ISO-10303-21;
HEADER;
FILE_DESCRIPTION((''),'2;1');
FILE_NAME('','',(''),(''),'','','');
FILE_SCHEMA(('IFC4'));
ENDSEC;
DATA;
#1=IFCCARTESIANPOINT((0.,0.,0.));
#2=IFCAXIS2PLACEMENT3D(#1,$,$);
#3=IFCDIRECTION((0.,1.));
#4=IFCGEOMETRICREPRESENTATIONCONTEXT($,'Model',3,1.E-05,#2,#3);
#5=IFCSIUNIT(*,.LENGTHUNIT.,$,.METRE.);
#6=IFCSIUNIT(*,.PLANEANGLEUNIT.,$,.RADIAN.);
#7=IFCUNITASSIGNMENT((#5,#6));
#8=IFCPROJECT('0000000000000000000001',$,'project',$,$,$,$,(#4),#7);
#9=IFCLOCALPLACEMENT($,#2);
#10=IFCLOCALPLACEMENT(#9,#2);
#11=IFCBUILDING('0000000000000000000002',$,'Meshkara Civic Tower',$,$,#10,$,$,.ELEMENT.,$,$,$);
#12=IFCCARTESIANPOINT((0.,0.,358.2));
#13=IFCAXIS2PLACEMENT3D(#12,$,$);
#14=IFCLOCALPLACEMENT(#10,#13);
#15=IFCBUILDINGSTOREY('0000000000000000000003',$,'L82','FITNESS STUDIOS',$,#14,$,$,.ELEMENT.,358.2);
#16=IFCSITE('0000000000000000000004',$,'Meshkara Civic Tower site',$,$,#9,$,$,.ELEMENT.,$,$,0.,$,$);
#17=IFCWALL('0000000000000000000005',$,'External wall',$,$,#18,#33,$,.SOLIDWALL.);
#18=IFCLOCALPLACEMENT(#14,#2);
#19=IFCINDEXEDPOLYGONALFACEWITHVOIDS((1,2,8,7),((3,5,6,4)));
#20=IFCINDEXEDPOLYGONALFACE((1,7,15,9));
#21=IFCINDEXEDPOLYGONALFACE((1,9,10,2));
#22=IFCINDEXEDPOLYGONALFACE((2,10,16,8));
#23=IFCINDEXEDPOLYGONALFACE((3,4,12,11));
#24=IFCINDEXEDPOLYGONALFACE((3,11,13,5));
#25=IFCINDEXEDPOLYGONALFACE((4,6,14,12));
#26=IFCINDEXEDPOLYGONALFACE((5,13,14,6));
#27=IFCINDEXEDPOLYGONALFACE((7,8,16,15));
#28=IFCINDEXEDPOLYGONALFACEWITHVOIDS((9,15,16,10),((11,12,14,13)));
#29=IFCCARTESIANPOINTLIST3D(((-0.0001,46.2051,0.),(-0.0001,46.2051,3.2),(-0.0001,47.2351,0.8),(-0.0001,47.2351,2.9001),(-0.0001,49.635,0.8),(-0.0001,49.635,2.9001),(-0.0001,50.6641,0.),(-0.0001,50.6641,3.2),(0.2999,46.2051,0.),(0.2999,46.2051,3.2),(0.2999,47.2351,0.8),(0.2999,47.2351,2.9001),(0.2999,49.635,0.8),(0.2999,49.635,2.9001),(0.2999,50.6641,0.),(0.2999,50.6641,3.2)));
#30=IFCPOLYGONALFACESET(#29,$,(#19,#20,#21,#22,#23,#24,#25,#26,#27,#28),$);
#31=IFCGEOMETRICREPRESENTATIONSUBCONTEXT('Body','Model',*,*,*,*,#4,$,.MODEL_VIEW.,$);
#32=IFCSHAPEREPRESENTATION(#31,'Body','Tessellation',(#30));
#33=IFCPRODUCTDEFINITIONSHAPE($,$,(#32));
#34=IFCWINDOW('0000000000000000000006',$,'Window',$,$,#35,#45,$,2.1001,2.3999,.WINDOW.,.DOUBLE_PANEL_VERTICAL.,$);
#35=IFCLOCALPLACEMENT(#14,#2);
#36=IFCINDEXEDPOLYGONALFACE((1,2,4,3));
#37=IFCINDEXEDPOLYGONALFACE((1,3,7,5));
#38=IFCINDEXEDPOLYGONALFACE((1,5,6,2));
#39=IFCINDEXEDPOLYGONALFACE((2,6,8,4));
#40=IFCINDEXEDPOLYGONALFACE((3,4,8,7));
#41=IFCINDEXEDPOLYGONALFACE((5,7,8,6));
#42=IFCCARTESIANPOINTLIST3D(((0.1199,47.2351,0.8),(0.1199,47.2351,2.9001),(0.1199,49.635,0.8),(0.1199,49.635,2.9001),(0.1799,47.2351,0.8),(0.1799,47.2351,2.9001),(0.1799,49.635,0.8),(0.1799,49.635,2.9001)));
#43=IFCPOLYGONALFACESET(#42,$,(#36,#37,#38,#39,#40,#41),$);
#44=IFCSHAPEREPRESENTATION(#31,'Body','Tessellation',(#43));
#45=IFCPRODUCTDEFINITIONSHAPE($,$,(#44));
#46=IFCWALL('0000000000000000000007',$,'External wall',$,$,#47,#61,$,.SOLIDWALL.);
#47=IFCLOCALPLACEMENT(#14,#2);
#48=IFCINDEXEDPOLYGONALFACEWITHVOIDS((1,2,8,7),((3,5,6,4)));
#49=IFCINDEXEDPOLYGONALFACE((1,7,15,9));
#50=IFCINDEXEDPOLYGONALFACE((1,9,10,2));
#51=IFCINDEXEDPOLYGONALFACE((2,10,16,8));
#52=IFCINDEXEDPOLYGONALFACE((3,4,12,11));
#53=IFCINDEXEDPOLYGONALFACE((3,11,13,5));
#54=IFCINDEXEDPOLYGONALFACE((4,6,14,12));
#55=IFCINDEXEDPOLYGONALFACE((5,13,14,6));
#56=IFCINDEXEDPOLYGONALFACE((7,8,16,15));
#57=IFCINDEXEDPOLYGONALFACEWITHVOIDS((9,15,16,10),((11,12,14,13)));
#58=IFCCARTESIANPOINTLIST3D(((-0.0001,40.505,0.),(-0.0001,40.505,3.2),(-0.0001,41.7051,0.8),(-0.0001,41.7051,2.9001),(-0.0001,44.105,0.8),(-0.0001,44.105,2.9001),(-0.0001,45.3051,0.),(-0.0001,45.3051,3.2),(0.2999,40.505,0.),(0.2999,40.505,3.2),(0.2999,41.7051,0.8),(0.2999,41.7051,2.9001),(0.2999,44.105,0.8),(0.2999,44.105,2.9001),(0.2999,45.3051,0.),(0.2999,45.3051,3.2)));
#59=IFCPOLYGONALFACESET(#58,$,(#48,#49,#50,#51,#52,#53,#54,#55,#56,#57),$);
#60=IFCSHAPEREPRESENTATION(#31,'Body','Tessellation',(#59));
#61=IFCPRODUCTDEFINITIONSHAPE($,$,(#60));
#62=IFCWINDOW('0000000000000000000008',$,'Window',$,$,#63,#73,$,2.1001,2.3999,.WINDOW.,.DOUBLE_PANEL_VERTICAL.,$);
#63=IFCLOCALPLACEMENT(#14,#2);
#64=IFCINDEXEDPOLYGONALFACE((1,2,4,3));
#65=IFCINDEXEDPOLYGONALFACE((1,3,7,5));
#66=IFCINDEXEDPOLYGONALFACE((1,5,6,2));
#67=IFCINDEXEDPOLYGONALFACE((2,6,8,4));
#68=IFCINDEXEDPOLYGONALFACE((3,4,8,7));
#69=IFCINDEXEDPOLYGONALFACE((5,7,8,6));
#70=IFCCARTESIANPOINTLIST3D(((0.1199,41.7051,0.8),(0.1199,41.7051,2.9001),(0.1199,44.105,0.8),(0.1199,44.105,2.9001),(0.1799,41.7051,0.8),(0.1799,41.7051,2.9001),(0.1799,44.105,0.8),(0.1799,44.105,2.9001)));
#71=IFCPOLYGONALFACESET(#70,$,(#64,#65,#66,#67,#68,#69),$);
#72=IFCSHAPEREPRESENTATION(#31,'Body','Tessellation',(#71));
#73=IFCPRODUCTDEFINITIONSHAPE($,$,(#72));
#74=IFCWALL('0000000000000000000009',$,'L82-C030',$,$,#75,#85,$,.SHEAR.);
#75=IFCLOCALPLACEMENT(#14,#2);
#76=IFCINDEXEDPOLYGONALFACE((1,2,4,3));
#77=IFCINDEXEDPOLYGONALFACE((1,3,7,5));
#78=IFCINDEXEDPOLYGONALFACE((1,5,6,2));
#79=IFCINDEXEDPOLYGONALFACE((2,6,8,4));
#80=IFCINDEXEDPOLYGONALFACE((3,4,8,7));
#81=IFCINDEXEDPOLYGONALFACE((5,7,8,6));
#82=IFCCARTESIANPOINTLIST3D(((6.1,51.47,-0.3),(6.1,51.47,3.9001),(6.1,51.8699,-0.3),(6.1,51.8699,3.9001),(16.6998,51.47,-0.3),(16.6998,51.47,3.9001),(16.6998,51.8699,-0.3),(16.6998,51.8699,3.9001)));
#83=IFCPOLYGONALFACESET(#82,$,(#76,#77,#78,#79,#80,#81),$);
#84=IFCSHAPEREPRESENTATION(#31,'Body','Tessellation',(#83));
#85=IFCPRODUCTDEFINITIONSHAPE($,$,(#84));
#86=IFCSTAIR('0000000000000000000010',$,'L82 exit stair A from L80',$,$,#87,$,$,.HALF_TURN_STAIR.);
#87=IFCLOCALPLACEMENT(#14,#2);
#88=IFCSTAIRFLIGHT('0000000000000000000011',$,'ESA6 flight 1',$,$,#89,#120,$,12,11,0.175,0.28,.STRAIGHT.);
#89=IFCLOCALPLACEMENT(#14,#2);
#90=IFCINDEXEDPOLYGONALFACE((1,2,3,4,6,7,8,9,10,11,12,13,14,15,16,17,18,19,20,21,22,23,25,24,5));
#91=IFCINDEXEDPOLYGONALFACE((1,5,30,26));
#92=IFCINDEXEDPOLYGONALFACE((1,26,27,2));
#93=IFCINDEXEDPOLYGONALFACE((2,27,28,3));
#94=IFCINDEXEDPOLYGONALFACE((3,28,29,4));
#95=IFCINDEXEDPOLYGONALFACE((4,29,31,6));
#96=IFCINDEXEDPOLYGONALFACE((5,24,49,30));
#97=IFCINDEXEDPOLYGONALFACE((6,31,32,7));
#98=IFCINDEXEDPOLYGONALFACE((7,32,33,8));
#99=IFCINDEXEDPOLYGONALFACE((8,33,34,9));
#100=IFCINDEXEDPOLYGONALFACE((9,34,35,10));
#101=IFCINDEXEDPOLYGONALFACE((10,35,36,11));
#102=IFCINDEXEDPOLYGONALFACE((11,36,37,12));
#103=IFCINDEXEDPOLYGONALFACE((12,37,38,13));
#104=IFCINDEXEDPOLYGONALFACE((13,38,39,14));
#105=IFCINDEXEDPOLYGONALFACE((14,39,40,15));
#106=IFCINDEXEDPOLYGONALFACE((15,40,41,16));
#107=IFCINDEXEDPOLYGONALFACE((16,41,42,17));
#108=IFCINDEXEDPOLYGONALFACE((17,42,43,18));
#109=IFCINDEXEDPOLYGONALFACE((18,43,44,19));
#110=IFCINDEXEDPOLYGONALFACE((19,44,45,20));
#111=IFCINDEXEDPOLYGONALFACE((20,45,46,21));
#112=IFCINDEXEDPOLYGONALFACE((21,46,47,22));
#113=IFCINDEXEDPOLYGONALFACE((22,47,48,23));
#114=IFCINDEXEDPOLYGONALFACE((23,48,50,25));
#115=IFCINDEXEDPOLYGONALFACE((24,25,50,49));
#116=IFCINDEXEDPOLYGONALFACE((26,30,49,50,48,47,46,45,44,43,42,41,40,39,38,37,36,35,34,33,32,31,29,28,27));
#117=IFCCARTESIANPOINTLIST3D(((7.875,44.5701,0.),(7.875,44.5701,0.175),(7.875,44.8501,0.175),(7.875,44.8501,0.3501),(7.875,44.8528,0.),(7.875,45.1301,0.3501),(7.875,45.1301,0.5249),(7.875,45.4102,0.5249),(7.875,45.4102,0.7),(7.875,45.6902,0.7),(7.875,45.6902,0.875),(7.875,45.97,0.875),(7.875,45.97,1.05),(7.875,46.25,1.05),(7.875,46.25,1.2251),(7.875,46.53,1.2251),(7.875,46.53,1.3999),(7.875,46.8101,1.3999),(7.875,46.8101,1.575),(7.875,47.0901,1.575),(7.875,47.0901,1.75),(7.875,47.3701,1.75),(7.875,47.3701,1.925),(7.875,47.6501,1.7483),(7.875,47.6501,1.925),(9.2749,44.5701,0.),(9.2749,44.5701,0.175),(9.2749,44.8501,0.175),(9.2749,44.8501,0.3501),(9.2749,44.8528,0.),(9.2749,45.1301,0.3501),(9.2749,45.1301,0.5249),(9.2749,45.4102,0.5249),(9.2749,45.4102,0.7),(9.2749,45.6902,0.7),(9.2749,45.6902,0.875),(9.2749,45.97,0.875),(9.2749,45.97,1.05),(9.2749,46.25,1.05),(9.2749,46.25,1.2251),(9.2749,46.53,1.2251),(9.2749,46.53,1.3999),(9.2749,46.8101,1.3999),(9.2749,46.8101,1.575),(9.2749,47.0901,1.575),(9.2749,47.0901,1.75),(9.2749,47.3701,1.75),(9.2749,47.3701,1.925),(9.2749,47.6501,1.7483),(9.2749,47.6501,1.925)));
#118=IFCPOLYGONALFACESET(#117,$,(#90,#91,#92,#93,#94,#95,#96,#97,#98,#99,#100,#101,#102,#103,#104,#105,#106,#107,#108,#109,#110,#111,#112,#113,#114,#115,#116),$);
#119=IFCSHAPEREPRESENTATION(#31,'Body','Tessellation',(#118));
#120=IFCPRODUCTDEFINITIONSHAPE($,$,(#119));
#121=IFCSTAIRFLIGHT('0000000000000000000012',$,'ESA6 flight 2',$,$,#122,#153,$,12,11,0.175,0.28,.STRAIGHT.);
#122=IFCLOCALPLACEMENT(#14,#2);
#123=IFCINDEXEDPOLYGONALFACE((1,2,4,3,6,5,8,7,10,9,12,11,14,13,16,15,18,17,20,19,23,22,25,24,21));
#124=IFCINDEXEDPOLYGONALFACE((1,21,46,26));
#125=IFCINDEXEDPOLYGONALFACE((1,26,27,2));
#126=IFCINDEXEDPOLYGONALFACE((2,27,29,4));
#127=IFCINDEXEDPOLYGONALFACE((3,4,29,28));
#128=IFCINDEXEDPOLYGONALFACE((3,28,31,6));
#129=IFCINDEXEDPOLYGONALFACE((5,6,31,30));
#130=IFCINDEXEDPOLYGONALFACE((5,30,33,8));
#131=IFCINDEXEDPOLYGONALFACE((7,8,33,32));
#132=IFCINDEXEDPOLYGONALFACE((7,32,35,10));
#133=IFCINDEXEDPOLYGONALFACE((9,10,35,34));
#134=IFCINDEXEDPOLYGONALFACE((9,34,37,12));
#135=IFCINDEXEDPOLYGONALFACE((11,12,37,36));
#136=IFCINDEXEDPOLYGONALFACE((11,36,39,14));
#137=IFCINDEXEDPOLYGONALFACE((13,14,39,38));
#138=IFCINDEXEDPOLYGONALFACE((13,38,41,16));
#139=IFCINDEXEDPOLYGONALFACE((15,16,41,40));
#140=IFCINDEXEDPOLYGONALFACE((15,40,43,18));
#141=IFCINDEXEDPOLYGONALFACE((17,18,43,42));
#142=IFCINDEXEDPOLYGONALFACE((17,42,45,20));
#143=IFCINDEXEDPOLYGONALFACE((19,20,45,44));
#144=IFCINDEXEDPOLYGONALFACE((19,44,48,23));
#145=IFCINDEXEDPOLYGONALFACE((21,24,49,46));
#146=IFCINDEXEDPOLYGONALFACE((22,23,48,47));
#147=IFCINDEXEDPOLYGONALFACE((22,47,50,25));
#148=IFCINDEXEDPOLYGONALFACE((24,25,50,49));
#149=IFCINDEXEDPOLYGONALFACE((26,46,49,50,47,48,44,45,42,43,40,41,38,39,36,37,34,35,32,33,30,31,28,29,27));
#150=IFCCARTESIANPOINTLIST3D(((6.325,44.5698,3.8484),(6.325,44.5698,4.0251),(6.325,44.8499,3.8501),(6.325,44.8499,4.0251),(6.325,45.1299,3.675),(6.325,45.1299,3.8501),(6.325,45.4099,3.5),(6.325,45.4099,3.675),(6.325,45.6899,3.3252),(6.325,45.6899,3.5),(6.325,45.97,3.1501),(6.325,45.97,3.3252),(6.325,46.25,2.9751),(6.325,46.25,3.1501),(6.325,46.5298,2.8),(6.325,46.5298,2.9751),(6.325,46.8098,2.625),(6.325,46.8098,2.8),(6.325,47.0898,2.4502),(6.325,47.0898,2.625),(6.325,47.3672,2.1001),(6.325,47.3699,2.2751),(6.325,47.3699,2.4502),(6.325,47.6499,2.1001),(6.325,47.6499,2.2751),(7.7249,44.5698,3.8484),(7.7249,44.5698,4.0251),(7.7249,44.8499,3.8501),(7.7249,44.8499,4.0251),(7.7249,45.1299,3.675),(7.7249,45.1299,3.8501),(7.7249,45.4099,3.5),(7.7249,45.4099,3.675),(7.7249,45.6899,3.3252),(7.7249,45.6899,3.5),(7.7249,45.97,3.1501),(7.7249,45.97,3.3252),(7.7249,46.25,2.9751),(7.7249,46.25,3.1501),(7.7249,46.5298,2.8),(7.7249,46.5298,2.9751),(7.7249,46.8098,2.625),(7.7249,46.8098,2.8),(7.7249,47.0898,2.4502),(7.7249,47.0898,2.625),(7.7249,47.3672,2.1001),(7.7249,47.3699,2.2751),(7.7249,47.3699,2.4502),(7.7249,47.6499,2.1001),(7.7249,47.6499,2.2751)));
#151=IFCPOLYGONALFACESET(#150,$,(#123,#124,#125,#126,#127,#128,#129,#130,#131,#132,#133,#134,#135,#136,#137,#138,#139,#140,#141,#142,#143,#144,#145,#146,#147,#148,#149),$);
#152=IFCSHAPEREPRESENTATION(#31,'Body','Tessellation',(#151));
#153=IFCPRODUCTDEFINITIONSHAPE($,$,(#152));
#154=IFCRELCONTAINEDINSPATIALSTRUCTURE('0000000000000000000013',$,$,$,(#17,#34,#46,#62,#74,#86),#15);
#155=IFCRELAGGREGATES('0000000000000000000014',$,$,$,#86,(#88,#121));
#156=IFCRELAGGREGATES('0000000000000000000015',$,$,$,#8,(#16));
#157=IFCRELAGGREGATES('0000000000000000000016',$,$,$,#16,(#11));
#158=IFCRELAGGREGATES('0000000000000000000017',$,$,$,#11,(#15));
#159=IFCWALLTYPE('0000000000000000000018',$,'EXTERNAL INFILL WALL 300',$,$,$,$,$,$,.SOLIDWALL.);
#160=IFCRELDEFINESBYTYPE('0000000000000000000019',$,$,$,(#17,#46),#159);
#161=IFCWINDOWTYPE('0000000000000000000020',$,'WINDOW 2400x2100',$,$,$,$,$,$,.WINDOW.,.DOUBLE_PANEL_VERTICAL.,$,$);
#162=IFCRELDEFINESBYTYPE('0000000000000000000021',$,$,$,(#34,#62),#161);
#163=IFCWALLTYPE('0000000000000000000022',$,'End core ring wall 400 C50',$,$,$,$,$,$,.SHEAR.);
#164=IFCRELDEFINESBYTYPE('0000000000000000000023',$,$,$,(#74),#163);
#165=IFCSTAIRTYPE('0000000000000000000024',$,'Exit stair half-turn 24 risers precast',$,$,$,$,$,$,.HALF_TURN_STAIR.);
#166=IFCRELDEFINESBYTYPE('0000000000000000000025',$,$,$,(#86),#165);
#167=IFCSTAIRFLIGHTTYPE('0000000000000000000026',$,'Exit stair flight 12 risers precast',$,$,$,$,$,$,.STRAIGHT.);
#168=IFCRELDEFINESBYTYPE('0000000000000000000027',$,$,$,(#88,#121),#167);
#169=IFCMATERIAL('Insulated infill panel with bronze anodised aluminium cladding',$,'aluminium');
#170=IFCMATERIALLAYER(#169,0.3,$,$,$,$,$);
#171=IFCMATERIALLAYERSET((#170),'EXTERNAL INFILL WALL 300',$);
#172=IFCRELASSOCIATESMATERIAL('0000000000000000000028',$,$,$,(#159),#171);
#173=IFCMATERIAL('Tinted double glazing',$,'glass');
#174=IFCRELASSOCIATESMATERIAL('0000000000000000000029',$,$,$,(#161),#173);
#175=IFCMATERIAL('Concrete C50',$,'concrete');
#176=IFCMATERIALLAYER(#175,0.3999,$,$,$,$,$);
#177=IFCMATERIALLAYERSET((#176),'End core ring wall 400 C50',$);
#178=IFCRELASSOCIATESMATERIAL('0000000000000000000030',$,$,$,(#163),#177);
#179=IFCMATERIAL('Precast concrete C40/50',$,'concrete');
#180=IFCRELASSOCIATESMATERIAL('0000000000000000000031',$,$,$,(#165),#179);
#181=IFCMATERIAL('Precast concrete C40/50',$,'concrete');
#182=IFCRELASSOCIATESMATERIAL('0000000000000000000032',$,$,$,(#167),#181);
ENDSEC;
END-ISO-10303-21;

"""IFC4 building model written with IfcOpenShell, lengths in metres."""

from ifc_helpers import new_model, si_unit, direction, frame, frame_2d, origin, place, context, subcontext, project, spatial, polyline, rectangle, outline, extrude, material, layer, layer_set, type_object, element, fill, aggregate, save


model = new_model("IFC4")

# Units and contexts
model_context = context("Model", 3, precision=1e-05, world=origin(), true_north=direction((0.0, 1.0)))
body_context = subcontext(model_context, "Body", "Model", "MODEL_VIEW")
ifc_project = project(units=[si_unit("LENGTHUNIT", "METRE"), si_unit("PLANEANGLEUNIT", "RADIAN")], contexts=[model_context])

# Site, building, storey
site_placement = place(None, origin())
site = spatial("IfcSite", under=ifc_project, at=site_placement, Name="Meshkara Civic Tower site", CompositionType="ELEMENT", RefElevation=0.0)
building_placement = place(site_placement, origin())
building = spatial("IfcBuilding", under=site, at=building_placement, Name="Meshkara Civic Tower", CompositionType="ELEMENT")
storey_placement = place(building_placement, frame((0.0, 0.0, 358.2)))
storey = spatial("IfcBuildingStorey", under=building, at=storey_placement, Name="L82", Description="FITNESS STUDIOS", CompositionType="ELEMENT", Elevation=358.2)

# Walls, openings, windows
ifc_material_1 = material(Name="Insulated infill panel with bronze anodised aluminium cladding", Category="aluminium")
ifc_layer_1 = layer(ifc_material_1, 0.3)
ifc_layer_set_1 = layer_set([ifc_layer_1], Name="EXTERNAL INFILL WALL 300")
wall_type_1 = type_object("IfcWallType", Name="EXTERNAL INFILL WALL 300", PredefinedType="SOLIDWALL", material=ifc_layer_set_1)
ifc_material_2 = material(Name="Tinted double glazing", Category="glass")
window_type = type_object("IfcWindowType", Name="WINDOW 2400x2100", PartitioningType="DOUBLE_PANEL_VERTICAL", PredefinedType="WINDOW", material=ifc_material_2)
wall_1_placement = place(storey_placement, frame((0.1499, 50.6641, 0.0), z_axis=(0.0, 0.0, 1.0), x_axis=(0.0, -1.0, 0.0)))
wall_1 = element("IfcWall", 1, at=wall_1_placement, inside=storey, type_object=wall_type_1, Name="External wall", PredefinedType="SOLIDWALL", context=body_context, shape_type="SweptSolid", body=[
    extrude(rectangle(XDim=4.459, YDim=0.3, at=frame_2d((2.2295, 0.0))), origin(), (0.0, 0.0, 1.0), 3.2),
])
opening_1_placement = place(wall_1_placement, frame((1.0291, 0.0, 0.8)))
opening_1 = element("IfcOpeningElement", 2, at=opening_1_placement, cuts=wall_1, PredefinedType="OPENING", context=body_context, shape_type="SweptSolid", body=[
    extrude(rectangle(XDim=2.3999, YDim=2.1001, at=frame_2d((1.2, 1.05))), frame((0.0, 0.1599, 0.0), z_axis=(0.0, -1.0, 0.0), x_axis=(1.0, 0.0, 0.0)), (0.0, 0.0, 1.0), 0.3201),
])
window_1_placement = place(opening_1_placement, origin())
window_1 = element("IfcWindow", 3, at=window_1_placement, inside=storey, type_object=window_type, Name="Window", OverallHeight=2.1001, OverallWidth=2.3999, PartitioningType="DOUBLE_PANEL_VERTICAL", PredefinedType="WINDOW", context=body_context, shape_type="SweptSolid", body=[
    extrude(rectangle(XDim=2.3999, YDim=2.1001, at=frame_2d((1.2, 1.05))), frame((0.0, 0.03, 0.0), z_axis=(0.0, -1.0, 0.0), x_axis=(1.0, 0.0, 0.0)), (0.0, 0.0, 1.0), 0.0601),
])
fill(opening_1, window_1)
wall_2_placement = place(storey_placement, frame((0.1499, 45.3049, 0.0), z_axis=(0.0, 0.0, 1.0), x_axis=(0.0, -1.0, 0.0)))
wall_2 = element("IfcWall", 4, at=wall_2_placement, inside=storey, type_object=wall_type_1, Name="External wall", PredefinedType="SOLIDWALL", context=body_context, shape_type="SweptSolid", body=[
    extrude(rectangle(XDim=4.8, YDim=0.3, at=frame_2d((2.3999, 0.0))), origin(), (0.0, 0.0, 1.0), 3.2),
])
opening_2_placement = place(wall_2_placement, frame((1.2, 0.0, 0.8)))
opening_2 = element("IfcOpeningElement", 5, at=opening_2_placement, cuts=wall_2, PredefinedType="OPENING", context=body_context, shape_type="SweptSolid", body=[
    extrude(rectangle(XDim=2.3999, YDim=2.1001, at=frame_2d((1.2, 1.05))), frame((0.0, 0.1599, 0.0), z_axis=(0.0, -1.0, 0.0), x_axis=(1.0, 0.0, 0.0)), (0.0, 0.0, 1.0), 0.3201),
])
window_2_placement = place(opening_2_placement, origin())
window_2 = element("IfcWindow", 6, at=window_2_placement, inside=storey, type_object=window_type, Name="Window", OverallHeight=2.1001, OverallWidth=2.3999, PartitioningType="DOUBLE_PANEL_VERTICAL", PredefinedType="WINDOW", context=body_context, shape_type="SweptSolid", body=[
    extrude(rectangle(XDim=2.3999, YDim=2.1001, at=frame_2d((1.2, 1.05))), frame((0.0, 0.03, 0.0), z_axis=(0.0, -1.0, 0.0), x_axis=(1.0, 0.0, 0.0)), (0.0, 0.0, 1.0), 0.0601),
])
fill(opening_2, window_2)

# Wall
ifc_material_3 = material(Name="Concrete C50", Category="concrete")
ifc_layer_2 = layer(ifc_material_3, 0.3999)
ifc_layer_set_2 = layer_set([ifc_layer_2], Name="End core ring wall 400 C50")
wall_type_2 = type_object("IfcWallType", Name="End core ring wall 400 C50", PredefinedType="SHEAR", material=ifc_layer_set_2)
wall_3_placement = place(storey_placement, frame((6.1001, 51.6699, -0.3), z_axis=(0.0, 0.0, 1.0), x_axis=(1.0, 0.0, 0.0)))
element("IfcWall", 7, at=wall_3_placement, inside=storey, type_object=wall_type_2, Name="L82-C030", PredefinedType="SHEAR", context=body_context, shape_type="SweptSolid", body=[
    extrude(rectangle(XDim=10.5999, YDim=0.3999, at=frame_2d((5.2998, 0.0))), origin(), (0.0, 0.0, 1.0), 4.2002),
])

# Stair, stair flights
ifc_material_4 = material(Name="Precast concrete C40/50", Category="concrete")
stair_type = type_object("IfcStairType", Name="Exit stair half-turn 24 risers precast", PredefinedType="HALF_TURN_STAIR", material=ifc_material_4)
stair_placement = place(storey_placement, origin())
stair = element("IfcStair", 8, at=stair_placement, inside=storey, type_object=stair_type, Name="L82 exit stair A from L80", PredefinedType="HALF_TURN_STAIR")
ifc_material_5 = material(Name="Precast concrete C40/50", Category="concrete")
stair_flight_type = type_object("IfcStairFlightType", Name="Exit stair flight 12 risers precast", PredefinedType="STRAIGHT", material=ifc_material_5)
stair_flight_1_placement = place(storey_placement, frame((8.575, 44.5701, 0.0), z_axis=(0.0, 0.0, 1.0), x_axis=(0.0, 1.0, 0.0)))
stair_flight_1 = element("IfcStairFlight", 9, at=stair_flight_1_placement, type_object=stair_flight_type, Name="ESA6 flight 1", NumberOfRisers=12, NumberOfTreads=11, PredefinedType="STRAIGHT", RiserHeight=0.175, TreadLength=0.28, context=body_context, shape_type="SweptSolid", body=[
    extrude(outline(polyline([(0.0, 0.0), (0.0, 0.175), (0.28, 0.175), (0.28, 0.3501), (0.5601, 0.3501), (0.5601, 0.5249), (0.8401, 0.5249), (0.8401, 0.7), (1.1201, 0.7), (1.1201, 0.875), (1.3999, 0.875), (1.3999, 1.05), (1.6799, 1.05), (1.6799, 1.2251), (1.96, 1.2251), (1.96, 1.3999), (2.24, 1.3999), (2.24, 1.575), (2.52, 1.575), (2.52, 1.75), (2.8, 1.75), (2.8, 1.925), (3.0801, 1.925), (3.0801, 2.1001), (3.0801, 1.7483), (0.2827, 0.0), (0.0, 0.0)])), frame((0.0, 0.7, 0.0), z_axis=(0.0, -1.0, 0.0), x_axis=(1.0, 0.0, 0.0)), (0.0, 0.0, 1.0), 1.3999),
])
stair_flight_2_placement = place(storey_placement, frame((7.0249, 47.6499, 2.1001), z_axis=(0.0, 0.0, 1.0), x_axis=(0.0, -1.0, 0.0)))
stair_flight_2 = element("IfcStairFlight", 10, at=stair_flight_2_placement, type_object=stair_flight_type, Name="ESA6 flight 2", NumberOfRisers=12, NumberOfTreads=11, PredefinedType="STRAIGHT", RiserHeight=0.175, TreadLength=0.28, context=body_context, shape_type="SweptSolid", body=[
    extrude(outline(polyline([(0.0, 0.0), (0.0, 0.175), (0.28, 0.175), (0.28, 0.3501), (0.5601, 0.3501), (0.5601, 0.5249), (0.8401, 0.5249), (0.8401, 0.7), (1.1201, 0.7), (1.1201, 0.875), (1.3999, 0.875), (1.3999, 1.05), (1.6799, 1.05), (1.6799, 1.2251), (1.96, 1.2251), (1.96, 1.3999), (2.24, 1.3999), (2.24, 1.575), (2.52, 1.575), (2.52, 1.75), (2.8, 1.75), (2.8, 1.925), (3.0801, 1.925), (3.0801, 2.1001), (3.0801, 1.7483), (0.2827, 0.0), (0.0, 0.0)])), frame((0.0, 0.7, 0.0), z_axis=(0.0, -1.0, 0.0), x_axis=(1.0, 0.0, 0.0)), (0.0, 0.0, 1.0), 1.3999),
])
aggregate(stair, [stair_flight_1, stair_flight_2])

save(model, "model.ifc")
